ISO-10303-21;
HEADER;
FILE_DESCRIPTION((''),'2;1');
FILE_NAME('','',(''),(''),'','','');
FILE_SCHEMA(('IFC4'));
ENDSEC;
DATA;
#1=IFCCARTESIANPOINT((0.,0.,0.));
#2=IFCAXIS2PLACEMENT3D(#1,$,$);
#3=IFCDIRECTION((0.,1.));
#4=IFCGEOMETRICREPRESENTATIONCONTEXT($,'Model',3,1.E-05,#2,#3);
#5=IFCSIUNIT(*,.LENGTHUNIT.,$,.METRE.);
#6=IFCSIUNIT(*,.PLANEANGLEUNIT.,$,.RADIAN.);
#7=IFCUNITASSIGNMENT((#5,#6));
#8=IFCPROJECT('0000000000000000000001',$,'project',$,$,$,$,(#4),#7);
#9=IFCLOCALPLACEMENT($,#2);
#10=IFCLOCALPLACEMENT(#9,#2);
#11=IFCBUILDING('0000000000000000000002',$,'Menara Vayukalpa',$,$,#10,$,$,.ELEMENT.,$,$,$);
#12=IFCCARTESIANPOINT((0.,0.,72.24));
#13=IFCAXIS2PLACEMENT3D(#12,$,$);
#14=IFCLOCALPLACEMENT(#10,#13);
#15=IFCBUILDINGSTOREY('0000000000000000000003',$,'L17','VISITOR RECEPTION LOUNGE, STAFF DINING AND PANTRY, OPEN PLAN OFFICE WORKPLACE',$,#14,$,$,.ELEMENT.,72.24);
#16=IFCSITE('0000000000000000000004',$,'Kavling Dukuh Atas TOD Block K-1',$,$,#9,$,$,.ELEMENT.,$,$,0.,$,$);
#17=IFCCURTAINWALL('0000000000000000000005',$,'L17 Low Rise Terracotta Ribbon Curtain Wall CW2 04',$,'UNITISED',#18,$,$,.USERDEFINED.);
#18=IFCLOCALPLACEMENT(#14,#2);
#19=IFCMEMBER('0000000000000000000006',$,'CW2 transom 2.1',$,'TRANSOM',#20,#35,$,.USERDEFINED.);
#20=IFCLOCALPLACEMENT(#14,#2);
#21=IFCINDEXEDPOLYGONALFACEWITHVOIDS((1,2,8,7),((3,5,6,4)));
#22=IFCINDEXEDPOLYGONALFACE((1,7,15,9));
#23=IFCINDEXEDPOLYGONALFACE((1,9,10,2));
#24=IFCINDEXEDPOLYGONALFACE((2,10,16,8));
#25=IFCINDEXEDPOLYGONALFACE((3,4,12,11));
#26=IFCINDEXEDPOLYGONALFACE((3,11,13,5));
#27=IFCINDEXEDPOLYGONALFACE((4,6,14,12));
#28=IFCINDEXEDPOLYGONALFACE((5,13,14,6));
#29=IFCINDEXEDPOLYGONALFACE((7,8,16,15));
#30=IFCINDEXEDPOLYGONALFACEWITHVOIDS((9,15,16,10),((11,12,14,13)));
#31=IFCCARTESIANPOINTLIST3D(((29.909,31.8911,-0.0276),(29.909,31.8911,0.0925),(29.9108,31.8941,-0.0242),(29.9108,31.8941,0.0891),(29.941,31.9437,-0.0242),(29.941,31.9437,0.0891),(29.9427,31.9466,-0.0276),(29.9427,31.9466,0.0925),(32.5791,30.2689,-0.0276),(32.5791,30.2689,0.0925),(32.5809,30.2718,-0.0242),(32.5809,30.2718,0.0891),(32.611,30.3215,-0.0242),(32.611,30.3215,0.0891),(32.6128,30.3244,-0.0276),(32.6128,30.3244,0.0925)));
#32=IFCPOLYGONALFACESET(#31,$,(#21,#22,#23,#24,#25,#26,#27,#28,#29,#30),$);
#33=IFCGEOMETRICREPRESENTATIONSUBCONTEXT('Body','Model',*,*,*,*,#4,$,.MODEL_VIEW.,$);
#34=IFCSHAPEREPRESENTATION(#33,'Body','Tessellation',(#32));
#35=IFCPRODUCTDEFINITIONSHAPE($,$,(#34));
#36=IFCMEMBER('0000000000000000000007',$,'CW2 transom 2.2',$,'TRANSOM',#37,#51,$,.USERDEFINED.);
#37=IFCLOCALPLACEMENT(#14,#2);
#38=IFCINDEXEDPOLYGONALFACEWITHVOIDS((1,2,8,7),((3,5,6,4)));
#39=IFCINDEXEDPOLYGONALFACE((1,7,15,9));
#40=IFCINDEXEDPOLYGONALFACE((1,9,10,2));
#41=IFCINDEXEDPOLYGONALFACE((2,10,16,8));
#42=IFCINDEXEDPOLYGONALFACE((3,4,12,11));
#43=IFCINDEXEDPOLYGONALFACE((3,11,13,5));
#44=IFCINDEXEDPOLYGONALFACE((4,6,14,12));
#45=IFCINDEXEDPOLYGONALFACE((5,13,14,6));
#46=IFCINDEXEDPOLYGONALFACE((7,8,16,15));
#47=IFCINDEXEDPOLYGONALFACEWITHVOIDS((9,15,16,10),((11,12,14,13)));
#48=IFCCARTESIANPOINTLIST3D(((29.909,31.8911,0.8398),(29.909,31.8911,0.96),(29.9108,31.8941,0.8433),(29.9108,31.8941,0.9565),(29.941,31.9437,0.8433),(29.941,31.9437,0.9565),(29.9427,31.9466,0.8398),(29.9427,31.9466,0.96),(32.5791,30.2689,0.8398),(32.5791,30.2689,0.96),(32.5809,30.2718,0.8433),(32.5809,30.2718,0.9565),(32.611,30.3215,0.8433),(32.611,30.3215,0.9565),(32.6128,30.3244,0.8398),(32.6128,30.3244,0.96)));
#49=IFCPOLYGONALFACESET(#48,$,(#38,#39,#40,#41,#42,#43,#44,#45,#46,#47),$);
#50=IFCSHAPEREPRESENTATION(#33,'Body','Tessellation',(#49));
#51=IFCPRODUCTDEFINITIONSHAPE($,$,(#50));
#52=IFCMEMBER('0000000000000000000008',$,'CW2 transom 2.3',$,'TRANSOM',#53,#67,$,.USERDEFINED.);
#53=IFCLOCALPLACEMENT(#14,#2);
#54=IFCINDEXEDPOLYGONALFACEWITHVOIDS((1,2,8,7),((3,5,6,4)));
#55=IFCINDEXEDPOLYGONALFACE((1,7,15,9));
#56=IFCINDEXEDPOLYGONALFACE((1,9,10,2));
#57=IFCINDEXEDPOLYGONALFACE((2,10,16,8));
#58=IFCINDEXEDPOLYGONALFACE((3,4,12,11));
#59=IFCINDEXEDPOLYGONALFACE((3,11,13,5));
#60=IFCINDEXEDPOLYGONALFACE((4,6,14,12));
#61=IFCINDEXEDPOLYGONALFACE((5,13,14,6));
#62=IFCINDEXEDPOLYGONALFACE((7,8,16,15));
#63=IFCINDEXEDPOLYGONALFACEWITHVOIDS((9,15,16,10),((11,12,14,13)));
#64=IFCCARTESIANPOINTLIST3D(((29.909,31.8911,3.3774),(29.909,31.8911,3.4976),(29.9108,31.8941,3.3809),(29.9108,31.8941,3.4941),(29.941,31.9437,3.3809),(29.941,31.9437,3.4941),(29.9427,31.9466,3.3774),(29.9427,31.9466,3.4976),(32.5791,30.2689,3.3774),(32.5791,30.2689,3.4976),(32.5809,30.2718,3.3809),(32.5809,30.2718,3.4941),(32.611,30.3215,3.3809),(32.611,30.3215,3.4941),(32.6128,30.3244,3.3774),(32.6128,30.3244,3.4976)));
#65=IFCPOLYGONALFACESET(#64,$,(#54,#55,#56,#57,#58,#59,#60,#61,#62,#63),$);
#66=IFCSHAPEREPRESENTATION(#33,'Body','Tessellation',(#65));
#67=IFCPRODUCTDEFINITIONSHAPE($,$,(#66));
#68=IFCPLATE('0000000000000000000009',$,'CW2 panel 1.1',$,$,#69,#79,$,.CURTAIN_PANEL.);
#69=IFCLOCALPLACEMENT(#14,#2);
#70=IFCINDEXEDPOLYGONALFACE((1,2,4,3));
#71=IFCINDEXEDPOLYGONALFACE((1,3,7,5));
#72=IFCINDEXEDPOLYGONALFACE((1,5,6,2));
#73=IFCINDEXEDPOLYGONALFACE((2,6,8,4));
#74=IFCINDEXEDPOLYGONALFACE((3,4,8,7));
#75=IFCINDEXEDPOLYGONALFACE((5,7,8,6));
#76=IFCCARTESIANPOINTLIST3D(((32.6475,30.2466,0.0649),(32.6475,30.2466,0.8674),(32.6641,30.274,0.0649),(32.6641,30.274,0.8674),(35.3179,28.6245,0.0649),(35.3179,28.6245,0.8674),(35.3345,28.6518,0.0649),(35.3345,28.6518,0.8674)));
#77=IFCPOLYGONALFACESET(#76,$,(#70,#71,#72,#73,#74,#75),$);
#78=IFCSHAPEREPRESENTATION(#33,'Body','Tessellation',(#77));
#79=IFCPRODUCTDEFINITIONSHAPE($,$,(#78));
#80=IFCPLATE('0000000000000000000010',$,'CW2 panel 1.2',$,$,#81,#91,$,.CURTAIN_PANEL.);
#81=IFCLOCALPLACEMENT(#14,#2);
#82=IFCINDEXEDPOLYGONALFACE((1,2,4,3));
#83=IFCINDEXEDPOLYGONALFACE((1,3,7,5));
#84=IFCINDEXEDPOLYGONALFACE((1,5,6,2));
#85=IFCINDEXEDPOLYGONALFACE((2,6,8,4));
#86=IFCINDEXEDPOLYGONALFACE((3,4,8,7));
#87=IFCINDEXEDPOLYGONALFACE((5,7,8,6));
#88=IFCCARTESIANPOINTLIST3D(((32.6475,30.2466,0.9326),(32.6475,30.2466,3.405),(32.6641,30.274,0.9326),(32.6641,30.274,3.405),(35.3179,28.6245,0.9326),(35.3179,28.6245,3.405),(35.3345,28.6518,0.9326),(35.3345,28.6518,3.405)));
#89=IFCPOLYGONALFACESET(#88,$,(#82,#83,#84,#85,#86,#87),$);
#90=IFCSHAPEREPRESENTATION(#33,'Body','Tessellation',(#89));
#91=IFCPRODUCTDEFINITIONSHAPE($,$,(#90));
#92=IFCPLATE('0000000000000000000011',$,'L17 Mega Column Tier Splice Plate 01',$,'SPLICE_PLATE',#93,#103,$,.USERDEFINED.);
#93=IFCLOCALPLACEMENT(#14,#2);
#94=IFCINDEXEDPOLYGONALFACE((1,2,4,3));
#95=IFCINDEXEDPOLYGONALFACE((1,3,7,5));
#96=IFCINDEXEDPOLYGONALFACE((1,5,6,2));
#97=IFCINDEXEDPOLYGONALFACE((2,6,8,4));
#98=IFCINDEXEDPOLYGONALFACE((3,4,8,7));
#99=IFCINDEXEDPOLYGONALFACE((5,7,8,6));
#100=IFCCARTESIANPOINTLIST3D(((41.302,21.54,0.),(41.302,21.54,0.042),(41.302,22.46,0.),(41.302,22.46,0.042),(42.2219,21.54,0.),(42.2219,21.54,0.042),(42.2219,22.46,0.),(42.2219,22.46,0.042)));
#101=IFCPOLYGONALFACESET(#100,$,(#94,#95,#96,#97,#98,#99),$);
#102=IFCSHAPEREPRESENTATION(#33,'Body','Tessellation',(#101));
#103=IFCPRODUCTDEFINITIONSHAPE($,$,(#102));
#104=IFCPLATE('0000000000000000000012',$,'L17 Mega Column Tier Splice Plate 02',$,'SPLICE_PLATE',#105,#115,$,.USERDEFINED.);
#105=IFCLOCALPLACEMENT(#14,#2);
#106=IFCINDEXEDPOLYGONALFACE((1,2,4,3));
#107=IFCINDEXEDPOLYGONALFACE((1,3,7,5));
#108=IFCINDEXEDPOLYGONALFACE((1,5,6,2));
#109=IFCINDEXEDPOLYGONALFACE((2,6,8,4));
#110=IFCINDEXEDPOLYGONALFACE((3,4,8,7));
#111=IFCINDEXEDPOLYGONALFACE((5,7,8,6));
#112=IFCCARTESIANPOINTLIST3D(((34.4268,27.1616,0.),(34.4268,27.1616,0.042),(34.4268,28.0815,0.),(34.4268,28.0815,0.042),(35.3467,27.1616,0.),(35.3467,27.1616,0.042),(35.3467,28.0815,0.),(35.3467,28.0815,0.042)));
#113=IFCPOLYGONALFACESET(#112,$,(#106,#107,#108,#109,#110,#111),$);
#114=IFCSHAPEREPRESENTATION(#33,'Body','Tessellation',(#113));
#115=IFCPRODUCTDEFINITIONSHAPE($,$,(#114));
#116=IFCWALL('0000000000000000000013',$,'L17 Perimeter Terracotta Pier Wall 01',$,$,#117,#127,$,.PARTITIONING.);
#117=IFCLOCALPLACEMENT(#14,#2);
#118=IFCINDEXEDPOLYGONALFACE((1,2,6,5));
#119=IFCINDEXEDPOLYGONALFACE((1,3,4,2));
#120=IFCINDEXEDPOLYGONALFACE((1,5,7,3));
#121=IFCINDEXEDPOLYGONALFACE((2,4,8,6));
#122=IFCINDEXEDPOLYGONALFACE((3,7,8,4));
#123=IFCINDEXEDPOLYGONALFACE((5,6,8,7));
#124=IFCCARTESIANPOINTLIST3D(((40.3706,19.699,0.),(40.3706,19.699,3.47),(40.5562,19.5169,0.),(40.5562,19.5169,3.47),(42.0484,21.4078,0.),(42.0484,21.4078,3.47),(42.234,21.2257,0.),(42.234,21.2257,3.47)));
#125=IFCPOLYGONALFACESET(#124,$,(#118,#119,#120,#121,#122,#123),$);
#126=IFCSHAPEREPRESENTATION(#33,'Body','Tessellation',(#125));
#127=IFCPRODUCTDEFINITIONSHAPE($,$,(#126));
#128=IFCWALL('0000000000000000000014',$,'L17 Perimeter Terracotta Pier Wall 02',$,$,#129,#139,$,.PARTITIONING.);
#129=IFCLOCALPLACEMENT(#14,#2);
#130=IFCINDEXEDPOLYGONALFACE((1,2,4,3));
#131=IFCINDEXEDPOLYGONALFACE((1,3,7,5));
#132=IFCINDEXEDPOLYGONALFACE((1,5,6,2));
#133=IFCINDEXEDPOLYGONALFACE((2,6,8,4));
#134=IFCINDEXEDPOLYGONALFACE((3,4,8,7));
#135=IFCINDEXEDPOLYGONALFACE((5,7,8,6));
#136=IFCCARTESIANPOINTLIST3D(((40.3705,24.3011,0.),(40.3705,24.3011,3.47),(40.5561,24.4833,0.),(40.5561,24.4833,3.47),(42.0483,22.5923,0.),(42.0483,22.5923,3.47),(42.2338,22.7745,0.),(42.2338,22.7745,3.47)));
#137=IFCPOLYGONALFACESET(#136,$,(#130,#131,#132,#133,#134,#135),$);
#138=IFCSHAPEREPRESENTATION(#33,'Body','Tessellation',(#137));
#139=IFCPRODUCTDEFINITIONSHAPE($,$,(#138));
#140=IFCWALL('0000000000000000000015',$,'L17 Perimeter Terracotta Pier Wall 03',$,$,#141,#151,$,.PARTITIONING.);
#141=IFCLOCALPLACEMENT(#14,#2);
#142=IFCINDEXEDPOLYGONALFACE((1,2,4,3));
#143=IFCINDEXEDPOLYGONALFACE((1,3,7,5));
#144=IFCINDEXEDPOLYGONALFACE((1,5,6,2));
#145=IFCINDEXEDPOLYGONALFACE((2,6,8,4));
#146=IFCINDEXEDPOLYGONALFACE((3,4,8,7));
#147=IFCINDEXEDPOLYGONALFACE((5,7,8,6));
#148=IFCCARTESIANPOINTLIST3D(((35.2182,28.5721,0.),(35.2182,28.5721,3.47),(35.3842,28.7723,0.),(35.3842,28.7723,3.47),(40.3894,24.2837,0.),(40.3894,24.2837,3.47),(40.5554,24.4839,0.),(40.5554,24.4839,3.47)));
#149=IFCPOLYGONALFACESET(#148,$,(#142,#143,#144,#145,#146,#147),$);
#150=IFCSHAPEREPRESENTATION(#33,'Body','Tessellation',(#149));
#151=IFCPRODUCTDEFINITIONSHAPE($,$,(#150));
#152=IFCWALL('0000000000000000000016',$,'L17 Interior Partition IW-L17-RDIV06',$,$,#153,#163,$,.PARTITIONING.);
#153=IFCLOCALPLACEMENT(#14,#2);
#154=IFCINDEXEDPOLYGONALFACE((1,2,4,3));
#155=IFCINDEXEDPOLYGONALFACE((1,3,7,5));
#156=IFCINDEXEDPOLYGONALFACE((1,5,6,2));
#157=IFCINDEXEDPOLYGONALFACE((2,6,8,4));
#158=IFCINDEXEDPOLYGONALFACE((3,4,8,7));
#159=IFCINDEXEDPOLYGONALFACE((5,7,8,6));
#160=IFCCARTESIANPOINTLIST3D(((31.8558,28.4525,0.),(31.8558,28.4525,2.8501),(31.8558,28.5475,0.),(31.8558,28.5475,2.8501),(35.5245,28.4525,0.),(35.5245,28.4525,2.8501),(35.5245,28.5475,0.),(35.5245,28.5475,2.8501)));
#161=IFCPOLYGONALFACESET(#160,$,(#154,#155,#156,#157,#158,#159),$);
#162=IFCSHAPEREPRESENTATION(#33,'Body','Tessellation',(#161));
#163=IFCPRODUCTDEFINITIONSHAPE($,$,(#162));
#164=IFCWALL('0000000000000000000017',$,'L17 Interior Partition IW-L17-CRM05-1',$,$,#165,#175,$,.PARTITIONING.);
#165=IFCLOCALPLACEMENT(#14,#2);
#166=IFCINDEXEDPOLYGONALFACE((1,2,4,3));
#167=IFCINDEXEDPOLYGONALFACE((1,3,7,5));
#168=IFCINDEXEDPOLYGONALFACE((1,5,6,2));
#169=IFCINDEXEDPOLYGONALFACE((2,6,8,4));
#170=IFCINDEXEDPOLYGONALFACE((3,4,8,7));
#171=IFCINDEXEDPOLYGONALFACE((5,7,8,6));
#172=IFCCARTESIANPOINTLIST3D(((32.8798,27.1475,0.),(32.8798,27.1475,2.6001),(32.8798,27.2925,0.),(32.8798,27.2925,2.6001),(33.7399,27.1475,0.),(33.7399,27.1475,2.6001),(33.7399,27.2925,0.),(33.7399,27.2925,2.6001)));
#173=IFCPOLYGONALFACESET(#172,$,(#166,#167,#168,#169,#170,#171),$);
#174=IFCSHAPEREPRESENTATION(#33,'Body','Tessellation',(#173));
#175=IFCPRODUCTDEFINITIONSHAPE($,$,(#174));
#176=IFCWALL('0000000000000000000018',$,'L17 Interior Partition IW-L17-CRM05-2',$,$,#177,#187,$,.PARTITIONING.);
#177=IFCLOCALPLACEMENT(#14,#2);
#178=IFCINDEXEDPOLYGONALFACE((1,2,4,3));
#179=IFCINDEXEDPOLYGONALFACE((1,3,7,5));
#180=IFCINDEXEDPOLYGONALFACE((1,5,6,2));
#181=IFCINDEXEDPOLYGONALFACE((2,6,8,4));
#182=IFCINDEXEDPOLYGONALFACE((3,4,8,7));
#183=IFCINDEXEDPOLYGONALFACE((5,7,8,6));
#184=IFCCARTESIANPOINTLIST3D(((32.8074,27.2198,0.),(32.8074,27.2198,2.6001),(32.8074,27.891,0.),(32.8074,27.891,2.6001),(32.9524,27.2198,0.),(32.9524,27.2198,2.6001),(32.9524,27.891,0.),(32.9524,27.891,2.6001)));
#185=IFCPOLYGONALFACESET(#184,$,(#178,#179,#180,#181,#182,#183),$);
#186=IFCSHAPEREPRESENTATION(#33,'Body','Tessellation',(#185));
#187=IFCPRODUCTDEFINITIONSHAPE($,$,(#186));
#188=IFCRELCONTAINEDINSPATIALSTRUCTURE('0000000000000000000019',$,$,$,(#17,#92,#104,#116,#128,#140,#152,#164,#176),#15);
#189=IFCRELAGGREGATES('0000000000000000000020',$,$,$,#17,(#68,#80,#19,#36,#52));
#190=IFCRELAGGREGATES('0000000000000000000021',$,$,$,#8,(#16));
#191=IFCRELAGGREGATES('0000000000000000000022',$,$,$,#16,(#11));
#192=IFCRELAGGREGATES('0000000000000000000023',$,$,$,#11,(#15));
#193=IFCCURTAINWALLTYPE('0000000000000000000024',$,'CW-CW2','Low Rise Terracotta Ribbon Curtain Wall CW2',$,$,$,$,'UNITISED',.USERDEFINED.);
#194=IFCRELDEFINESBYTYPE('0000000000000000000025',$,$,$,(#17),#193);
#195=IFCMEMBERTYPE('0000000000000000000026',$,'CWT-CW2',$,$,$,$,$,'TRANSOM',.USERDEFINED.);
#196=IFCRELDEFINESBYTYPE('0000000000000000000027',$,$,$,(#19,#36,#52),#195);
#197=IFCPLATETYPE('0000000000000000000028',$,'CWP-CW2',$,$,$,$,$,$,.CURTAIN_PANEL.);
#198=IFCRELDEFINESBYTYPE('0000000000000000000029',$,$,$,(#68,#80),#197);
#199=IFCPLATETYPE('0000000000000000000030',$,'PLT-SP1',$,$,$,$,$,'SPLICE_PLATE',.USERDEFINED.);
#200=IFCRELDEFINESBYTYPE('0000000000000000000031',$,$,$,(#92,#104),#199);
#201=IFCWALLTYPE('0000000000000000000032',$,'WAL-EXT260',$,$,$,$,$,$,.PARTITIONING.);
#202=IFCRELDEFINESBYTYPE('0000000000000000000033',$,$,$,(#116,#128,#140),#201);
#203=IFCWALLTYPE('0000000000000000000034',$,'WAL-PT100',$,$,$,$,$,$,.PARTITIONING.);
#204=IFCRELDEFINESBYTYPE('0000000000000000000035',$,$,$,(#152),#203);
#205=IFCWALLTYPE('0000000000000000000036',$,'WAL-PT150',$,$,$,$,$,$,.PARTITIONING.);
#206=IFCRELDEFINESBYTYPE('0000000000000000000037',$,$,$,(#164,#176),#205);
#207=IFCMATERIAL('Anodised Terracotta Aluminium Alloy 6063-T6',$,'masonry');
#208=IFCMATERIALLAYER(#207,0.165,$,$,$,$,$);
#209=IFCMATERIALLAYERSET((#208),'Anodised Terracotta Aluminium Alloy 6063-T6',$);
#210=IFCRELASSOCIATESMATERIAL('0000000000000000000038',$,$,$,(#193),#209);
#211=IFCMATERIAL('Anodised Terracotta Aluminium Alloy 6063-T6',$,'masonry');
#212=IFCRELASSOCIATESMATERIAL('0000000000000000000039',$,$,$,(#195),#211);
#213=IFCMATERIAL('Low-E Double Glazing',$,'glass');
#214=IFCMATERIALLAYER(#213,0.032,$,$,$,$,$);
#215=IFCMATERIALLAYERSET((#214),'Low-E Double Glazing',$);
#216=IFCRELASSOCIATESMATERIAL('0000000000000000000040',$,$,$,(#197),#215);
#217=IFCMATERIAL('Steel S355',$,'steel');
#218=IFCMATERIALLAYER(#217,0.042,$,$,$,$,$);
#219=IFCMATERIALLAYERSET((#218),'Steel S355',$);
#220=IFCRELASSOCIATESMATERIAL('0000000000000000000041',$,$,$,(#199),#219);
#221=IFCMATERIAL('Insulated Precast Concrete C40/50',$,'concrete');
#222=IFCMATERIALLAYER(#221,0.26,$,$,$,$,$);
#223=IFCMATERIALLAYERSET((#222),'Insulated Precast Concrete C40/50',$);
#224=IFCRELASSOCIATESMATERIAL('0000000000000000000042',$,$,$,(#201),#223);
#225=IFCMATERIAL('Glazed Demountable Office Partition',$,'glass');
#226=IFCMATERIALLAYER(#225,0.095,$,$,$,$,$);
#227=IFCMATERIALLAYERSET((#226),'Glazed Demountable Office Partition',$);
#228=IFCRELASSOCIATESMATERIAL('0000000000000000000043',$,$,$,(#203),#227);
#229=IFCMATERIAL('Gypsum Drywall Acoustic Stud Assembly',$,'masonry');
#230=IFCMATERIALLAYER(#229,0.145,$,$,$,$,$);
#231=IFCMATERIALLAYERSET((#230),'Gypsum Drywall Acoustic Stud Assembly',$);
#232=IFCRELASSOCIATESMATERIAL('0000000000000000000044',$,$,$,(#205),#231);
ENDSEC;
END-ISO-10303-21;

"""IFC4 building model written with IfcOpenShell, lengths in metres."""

from ifc_helpers import new_model, si_unit, direction, frame, frame_2d, origin, origin_2d, place, context, subcontext, project, spatial, rectangle, hollow_rectangle, extrude, material, layer, layer_set, material_profile, profile_set, type_object, element, aggregate, save


model = new_model("IFC4")

# Units and contexts
model_context = context("Model", 3, precision=1e-05, world=origin(), true_north=direction((0.0, 1.0)))
body_context = subcontext(model_context, "Body", "Model", "MODEL_VIEW")
ifc_project = project(units=[si_unit("LENGTHUNIT", "METRE"), si_unit("PLANEANGLEUNIT", "RADIAN")], contexts=[model_context])

# Site, building, storey
site_placement = place(None, origin())
site = spatial("IfcSite", under=ifc_project, at=site_placement, Name="Kavling Dukuh Atas TOD Block K-1", CompositionType="ELEMENT", RefElevation=0.0)
building_placement = place(site_placement, origin())
building = spatial("IfcBuilding", under=site, at=building_placement, Name="Menara Vayukalpa", CompositionType="ELEMENT")
storey_placement = place(building_placement, frame((0.0, 0.0, 72.24)))
storey = spatial("IfcBuildingStorey", under=building, at=storey_placement, Name="L17", Description="VISITOR RECEPTION LOUNGE, STAFF DINING AND PANTRY, OPEN PLAN OFFICE WORKPLACE", CompositionType="ELEMENT", Elevation=72.24)

# Curtain wall, members, plates
ifc_material_1 = material(Name="Anodised Terracotta Aluminium Alloy 6063-T6", Category="masonry")
ifc_layer_1 = layer(ifc_material_1, 0.165)
ifc_layer_set_1 = layer_set([ifc_layer_1], Name="Anodised Terracotta Aluminium Alloy 6063-T6")
curtain_wall_type = type_object("IfcCurtainWallType", Name="CW-CW2", Description="Low Rise Terracotta Ribbon Curtain Wall CW2", ElementType="UNITISED", PredefinedType="USERDEFINED", material=ifc_layer_set_1)
curtain_wall_placement = place(storey_placement, origin())
curtain_wall = element("IfcCurtainWall", 1, at=curtain_wall_placement, inside=storey, type_object=curtain_wall_type, Name="L17 Low Rise Terracotta Ribbon Curtain Wall CW2 04", ObjectType="UNITISED", PredefinedType="USERDEFINED")
ifc_material_2 = material(Name="Anodised Terracotta Aluminium Alloy 6063-T6", Category="masonry")
ifc_material_profile_1 = material_profile(ifc_material_2, hollow_rectangle(XDim=0.0649, YDim=0.1201, WallThickness=0.0034, at=origin_2d()), Name="ALU 65x120x3.5")
ifc_profile_set_1 = profile_set([ifc_material_profile_1], Name="Anodised Terracotta Aluminium Alloy 6063-T6")
member_type_1 = type_object("IfcMemberType", Name="CWT-CW2", ElementType="TRANSOM", PredefinedType="USERDEFINED", material=ifc_profile_set_1)
member_1_placement = place(storey_placement, frame((32.5959, 30.2966, 0.0325), z_axis=(-0.854625, 0.519245, 0.0), x_axis=(-0.519245, -0.854625, 0.0)))
member_1 = element("IfcMember", 2, at=member_1_placement, type_object=member_type_1, Name="CW2 transom 2.1", ObjectType="TRANSOM", PredefinedType="USERDEFINED", context=body_context, shape_type="SweptSolid", body=[
    extrude(hollow_rectangle(XDim=0.0649, YDim=0.1201, WallThickness=0.0034, at=origin_2d()), origin(), (0.0, 0.0, 1.0), 3.1243),
])
member_2_placement = place(storey_placement, frame((32.5959, 30.2966, 0.8999), z_axis=(-0.854625, 0.519245, 0.0), x_axis=(-0.519245, -0.854625, 0.0)))
member_2 = element("IfcMember", 3, at=member_2_placement, type_object=member_type_1, Name="CW2 transom 2.2", ObjectType="TRANSOM", PredefinedType="USERDEFINED", context=body_context, shape_type="SweptSolid", body=[
    extrude(hollow_rectangle(XDim=0.0649, YDim=0.1201, WallThickness=0.0034, at=origin_2d()), origin(), (0.0, 0.0, 1.0), 3.1243),
])
member_3_placement = place(storey_placement, frame((32.5959, 30.2966, 3.4375), z_axis=(-0.854625, 0.519245, 0.0), x_axis=(-0.519245, -0.854625, 0.0)))
member_3 = element("IfcMember", 4, at=member_3_placement, type_object=member_type_1, Name="CW2 transom 2.3", ObjectType="TRANSOM", PredefinedType="USERDEFINED", context=body_context, shape_type="SweptSolid", body=[
    extrude(hollow_rectangle(XDim=0.0649, YDim=0.1201, WallThickness=0.0034, at=origin_2d()), origin(), (0.0, 0.0, 1.0), 3.1243),
])
ifc_material_3 = material(Name="Low-E Double Glazing", Category="glass")
ifc_layer_2 = layer(ifc_material_3, 0.032)
ifc_layer_set_2 = layer_set([ifc_layer_2], Name="Low-E Double Glazing")
plate_type_1 = type_object("IfcPlateType", Name="CWP-CW2", PredefinedType="CURTAIN_PANEL", material=ifc_layer_set_2)
plate_1_placement = place(storey_placement, frame((33.991, 29.4492, 0.0649), z_axis=(0.0, 0.0, 1.0), x_axis=(-0.854663, 0.519183, 0.0)))
plate_1 = element("IfcPlate", 5, at=plate_1_placement, type_object=plate_type_1, Name="CW2 panel 1.1", PredefinedType="CURTAIN_PANEL", context=body_context, shape_type="SweptSolid", body=[
    extrude(rectangle(XDim=3.1245, YDim=0.032, at=origin_2d()), origin(), (0.0, 0.0, 1.0), 0.8025),
])
plate_2_placement = place(storey_placement, frame((33.991, 29.4492, 0.9326), z_axis=(0.0, 0.0, 1.0), x_axis=(-0.854663, 0.519183, 0.0)))
plate_2 = element("IfcPlate", 6, at=plate_2_placement, type_object=plate_type_1, Name="CW2 panel 1.2", PredefinedType="CURTAIN_PANEL", context=body_context, shape_type="SweptSolid", body=[
    extrude(rectangle(XDim=3.1245, YDim=0.032, at=origin_2d()), origin(), (0.0, 0.0, 1.0), 2.4724),
])
aggregate(curtain_wall, [plate_1, plate_2, member_1, member_2, member_3])

# Plates
ifc_material_4 = material(Name="Steel S355", Category="steel")
ifc_layer_3 = layer(ifc_material_4, 0.042)
ifc_layer_set_3 = layer_set([ifc_layer_3], Name="Steel S355")
plate_type_2 = type_object("IfcPlateType", Name="PLT-SP1", ElementType="SPLICE_PLATE", PredefinedType="USERDEFINED", material=ifc_layer_set_3)
for number, where, z_axis, x_axis, name in (
    (7, (41.762, 22.0, 0.0), (0.0, 0.0, 1.0), (1.0, 0.0, 0.0), "L17 Mega Column Tier Splice Plate 01"),
    (8, (34.8867, 27.6216, 0.0), (0.0, 0.0, 1.0), (1.0, 0.0, 0.0), "L17 Mega Column Tier Splice Plate 02"),
):
    element("IfcPlate", number, at=place(storey_placement, frame(where, z_axis=z_axis, x_axis=x_axis)), inside=storey, type_object=plate_type_2, Name=name, ObjectType="SPLICE_PLATE", PredefinedType="USERDEFINED", context=body_context, shape_type="SweptSolid", body=[
        extrude(rectangle(XDim=0.9199, YDim=0.9199, at=origin_2d()), origin(), (0.0, 0.0, 1.0), 0.042),
    ])

# Walls
ifc_material_5 = material(Name="Insulated Precast Concrete C40/50", Category="concrete")
ifc_layer_4 = layer(ifc_material_5, 0.26)
ifc_layer_set_4 = layer_set([ifc_layer_4], Name="Insulated Precast Concrete C40/50")
wall_type_1 = type_object("IfcWallType", Name="WAL-EXT260", PredefinedType="PARTITIONING", material=ifc_layer_set_4)
for number, where, z_axis, x_axis, name in (
    (9, (42.1411, 21.3167, 0.0), (0.0, 0.0, 1.0), (-0.700603, -0.713551, 0.0), "L17 Perimeter Terracotta Pier Wall 01"),
    (10, (40.4634, 24.3921, 0.0), (0.0, 0.0, 1.0), (0.700603, -0.713551, 0.0), "L17 Perimeter Terracotta Pier Wall 02"),
):
    element("IfcWall", number, at=place(storey_placement, frame(where, z_axis=z_axis, x_axis=x_axis)), inside=storey, type_object=wall_type_1, Name=name, PredefinedType="PARTITIONING", context=body_context, shape_type="SweptSolid", body=[
        extrude(rectangle(XDim=2.3948, YDim=0.26, at=frame_2d((1.1973, 0.0))), origin(), (0.0, 0.0, 1.0), 3.47),
    ])
wall_1_placement = place(storey_placement, frame((35.3013, 28.6721, 0.0), z_axis=(0.0, 0.0, 1.0), x_axis=(0.769753, -0.638342, 0.0)))
element("IfcWall", 11, at=wall_1_placement, inside=storey, type_object=wall_type_1, Name="L17 Perimeter Terracotta Pier Wall 03", PredefinedType="PARTITIONING", context=body_context, shape_type="SweptSolid", body=[
    extrude(rectangle(XDim=6.718, YDim=0.26, at=frame_2d((3.3589, 0.0))), origin(), (0.0, 0.0, 1.0), 3.47),
])
ifc_material_6 = material(Name="Glazed Demountable Office Partition", Category="glass")
ifc_layer_5 = layer(ifc_material_6, 0.095)
ifc_layer_set_5 = layer_set([ifc_layer_5], Name="Glazed Demountable Office Partition")
wall_type_2 = type_object("IfcWallType", Name="WAL-PT100", PredefinedType="PARTITIONING", material=ifc_layer_set_5)
wall_2_placement = place(storey_placement, frame((31.8557, 28.5, 0.0), z_axis=(0.0, 0.0, 1.0), x_axis=(1.0, 0.0, 0.0)))
element("IfcWall", 12, at=wall_2_placement, inside=storey, type_object=wall_type_2, Name="L17 Interior Partition IW-L17-RDIV06", PredefinedType="PARTITIONING", context=body_context, shape_type="SweptSolid", body=[
    extrude(rectangle(XDim=3.6687, YDim=0.095, at=frame_2d((1.8345, 0.0))), origin(), (0.0, 0.0, 1.0), 2.8501),
])
ifc_material_7 = material(Name="Gypsum Drywall Acoustic Stud Assembly", Category="masonry")
ifc_layer_6 = layer(ifc_material_7, 0.145)
ifc_layer_set_6 = layer_set([ifc_layer_6], Name="Gypsum Drywall Acoustic Stud Assembly")
wall_type_3 = type_object("IfcWallType", Name="WAL-PT150", PredefinedType="PARTITIONING", material=ifc_layer_set_6)
wall_3_placement = place(storey_placement, frame((33.74, 27.22, 0.0), z_axis=(0.0, 0.0, 1.0), x_axis=(-1.0, 0.0, 0.0)))
element("IfcWall", 13, at=wall_3_placement, inside=storey, type_object=wall_type_3, Name="L17 Interior Partition IW-L17-CRM05-1", PredefinedType="PARTITIONING", context=body_context, shape_type="SweptSolid", body=[
    extrude(rectangle(XDim=0.8601, YDim=0.145, at=frame_2d((0.4302, 0.0))), origin(), (0.0, 0.0, 1.0), 2.6001),
])
wall_4_placement = place(storey_placement, frame((32.8799, 27.22, 0.0), z_axis=(0.0, 0.0, 1.0), x_axis=(0.0, 1.0, 0.0)))
element("IfcWall", 14, at=wall_4_placement, inside=storey, type_object=wall_type_3, Name="L17 Interior Partition IW-L17-CRM05-2", PredefinedType="PARTITIONING", context=body_context, shape_type="SweptSolid", body=[
    extrude(rectangle(XDim=0.6711, YDim=0.145, at=frame_2d((0.3354, 0.0))), origin(), (0.0, 0.0, 1.0), 2.6001),
])

save(model, "model.ifc")
